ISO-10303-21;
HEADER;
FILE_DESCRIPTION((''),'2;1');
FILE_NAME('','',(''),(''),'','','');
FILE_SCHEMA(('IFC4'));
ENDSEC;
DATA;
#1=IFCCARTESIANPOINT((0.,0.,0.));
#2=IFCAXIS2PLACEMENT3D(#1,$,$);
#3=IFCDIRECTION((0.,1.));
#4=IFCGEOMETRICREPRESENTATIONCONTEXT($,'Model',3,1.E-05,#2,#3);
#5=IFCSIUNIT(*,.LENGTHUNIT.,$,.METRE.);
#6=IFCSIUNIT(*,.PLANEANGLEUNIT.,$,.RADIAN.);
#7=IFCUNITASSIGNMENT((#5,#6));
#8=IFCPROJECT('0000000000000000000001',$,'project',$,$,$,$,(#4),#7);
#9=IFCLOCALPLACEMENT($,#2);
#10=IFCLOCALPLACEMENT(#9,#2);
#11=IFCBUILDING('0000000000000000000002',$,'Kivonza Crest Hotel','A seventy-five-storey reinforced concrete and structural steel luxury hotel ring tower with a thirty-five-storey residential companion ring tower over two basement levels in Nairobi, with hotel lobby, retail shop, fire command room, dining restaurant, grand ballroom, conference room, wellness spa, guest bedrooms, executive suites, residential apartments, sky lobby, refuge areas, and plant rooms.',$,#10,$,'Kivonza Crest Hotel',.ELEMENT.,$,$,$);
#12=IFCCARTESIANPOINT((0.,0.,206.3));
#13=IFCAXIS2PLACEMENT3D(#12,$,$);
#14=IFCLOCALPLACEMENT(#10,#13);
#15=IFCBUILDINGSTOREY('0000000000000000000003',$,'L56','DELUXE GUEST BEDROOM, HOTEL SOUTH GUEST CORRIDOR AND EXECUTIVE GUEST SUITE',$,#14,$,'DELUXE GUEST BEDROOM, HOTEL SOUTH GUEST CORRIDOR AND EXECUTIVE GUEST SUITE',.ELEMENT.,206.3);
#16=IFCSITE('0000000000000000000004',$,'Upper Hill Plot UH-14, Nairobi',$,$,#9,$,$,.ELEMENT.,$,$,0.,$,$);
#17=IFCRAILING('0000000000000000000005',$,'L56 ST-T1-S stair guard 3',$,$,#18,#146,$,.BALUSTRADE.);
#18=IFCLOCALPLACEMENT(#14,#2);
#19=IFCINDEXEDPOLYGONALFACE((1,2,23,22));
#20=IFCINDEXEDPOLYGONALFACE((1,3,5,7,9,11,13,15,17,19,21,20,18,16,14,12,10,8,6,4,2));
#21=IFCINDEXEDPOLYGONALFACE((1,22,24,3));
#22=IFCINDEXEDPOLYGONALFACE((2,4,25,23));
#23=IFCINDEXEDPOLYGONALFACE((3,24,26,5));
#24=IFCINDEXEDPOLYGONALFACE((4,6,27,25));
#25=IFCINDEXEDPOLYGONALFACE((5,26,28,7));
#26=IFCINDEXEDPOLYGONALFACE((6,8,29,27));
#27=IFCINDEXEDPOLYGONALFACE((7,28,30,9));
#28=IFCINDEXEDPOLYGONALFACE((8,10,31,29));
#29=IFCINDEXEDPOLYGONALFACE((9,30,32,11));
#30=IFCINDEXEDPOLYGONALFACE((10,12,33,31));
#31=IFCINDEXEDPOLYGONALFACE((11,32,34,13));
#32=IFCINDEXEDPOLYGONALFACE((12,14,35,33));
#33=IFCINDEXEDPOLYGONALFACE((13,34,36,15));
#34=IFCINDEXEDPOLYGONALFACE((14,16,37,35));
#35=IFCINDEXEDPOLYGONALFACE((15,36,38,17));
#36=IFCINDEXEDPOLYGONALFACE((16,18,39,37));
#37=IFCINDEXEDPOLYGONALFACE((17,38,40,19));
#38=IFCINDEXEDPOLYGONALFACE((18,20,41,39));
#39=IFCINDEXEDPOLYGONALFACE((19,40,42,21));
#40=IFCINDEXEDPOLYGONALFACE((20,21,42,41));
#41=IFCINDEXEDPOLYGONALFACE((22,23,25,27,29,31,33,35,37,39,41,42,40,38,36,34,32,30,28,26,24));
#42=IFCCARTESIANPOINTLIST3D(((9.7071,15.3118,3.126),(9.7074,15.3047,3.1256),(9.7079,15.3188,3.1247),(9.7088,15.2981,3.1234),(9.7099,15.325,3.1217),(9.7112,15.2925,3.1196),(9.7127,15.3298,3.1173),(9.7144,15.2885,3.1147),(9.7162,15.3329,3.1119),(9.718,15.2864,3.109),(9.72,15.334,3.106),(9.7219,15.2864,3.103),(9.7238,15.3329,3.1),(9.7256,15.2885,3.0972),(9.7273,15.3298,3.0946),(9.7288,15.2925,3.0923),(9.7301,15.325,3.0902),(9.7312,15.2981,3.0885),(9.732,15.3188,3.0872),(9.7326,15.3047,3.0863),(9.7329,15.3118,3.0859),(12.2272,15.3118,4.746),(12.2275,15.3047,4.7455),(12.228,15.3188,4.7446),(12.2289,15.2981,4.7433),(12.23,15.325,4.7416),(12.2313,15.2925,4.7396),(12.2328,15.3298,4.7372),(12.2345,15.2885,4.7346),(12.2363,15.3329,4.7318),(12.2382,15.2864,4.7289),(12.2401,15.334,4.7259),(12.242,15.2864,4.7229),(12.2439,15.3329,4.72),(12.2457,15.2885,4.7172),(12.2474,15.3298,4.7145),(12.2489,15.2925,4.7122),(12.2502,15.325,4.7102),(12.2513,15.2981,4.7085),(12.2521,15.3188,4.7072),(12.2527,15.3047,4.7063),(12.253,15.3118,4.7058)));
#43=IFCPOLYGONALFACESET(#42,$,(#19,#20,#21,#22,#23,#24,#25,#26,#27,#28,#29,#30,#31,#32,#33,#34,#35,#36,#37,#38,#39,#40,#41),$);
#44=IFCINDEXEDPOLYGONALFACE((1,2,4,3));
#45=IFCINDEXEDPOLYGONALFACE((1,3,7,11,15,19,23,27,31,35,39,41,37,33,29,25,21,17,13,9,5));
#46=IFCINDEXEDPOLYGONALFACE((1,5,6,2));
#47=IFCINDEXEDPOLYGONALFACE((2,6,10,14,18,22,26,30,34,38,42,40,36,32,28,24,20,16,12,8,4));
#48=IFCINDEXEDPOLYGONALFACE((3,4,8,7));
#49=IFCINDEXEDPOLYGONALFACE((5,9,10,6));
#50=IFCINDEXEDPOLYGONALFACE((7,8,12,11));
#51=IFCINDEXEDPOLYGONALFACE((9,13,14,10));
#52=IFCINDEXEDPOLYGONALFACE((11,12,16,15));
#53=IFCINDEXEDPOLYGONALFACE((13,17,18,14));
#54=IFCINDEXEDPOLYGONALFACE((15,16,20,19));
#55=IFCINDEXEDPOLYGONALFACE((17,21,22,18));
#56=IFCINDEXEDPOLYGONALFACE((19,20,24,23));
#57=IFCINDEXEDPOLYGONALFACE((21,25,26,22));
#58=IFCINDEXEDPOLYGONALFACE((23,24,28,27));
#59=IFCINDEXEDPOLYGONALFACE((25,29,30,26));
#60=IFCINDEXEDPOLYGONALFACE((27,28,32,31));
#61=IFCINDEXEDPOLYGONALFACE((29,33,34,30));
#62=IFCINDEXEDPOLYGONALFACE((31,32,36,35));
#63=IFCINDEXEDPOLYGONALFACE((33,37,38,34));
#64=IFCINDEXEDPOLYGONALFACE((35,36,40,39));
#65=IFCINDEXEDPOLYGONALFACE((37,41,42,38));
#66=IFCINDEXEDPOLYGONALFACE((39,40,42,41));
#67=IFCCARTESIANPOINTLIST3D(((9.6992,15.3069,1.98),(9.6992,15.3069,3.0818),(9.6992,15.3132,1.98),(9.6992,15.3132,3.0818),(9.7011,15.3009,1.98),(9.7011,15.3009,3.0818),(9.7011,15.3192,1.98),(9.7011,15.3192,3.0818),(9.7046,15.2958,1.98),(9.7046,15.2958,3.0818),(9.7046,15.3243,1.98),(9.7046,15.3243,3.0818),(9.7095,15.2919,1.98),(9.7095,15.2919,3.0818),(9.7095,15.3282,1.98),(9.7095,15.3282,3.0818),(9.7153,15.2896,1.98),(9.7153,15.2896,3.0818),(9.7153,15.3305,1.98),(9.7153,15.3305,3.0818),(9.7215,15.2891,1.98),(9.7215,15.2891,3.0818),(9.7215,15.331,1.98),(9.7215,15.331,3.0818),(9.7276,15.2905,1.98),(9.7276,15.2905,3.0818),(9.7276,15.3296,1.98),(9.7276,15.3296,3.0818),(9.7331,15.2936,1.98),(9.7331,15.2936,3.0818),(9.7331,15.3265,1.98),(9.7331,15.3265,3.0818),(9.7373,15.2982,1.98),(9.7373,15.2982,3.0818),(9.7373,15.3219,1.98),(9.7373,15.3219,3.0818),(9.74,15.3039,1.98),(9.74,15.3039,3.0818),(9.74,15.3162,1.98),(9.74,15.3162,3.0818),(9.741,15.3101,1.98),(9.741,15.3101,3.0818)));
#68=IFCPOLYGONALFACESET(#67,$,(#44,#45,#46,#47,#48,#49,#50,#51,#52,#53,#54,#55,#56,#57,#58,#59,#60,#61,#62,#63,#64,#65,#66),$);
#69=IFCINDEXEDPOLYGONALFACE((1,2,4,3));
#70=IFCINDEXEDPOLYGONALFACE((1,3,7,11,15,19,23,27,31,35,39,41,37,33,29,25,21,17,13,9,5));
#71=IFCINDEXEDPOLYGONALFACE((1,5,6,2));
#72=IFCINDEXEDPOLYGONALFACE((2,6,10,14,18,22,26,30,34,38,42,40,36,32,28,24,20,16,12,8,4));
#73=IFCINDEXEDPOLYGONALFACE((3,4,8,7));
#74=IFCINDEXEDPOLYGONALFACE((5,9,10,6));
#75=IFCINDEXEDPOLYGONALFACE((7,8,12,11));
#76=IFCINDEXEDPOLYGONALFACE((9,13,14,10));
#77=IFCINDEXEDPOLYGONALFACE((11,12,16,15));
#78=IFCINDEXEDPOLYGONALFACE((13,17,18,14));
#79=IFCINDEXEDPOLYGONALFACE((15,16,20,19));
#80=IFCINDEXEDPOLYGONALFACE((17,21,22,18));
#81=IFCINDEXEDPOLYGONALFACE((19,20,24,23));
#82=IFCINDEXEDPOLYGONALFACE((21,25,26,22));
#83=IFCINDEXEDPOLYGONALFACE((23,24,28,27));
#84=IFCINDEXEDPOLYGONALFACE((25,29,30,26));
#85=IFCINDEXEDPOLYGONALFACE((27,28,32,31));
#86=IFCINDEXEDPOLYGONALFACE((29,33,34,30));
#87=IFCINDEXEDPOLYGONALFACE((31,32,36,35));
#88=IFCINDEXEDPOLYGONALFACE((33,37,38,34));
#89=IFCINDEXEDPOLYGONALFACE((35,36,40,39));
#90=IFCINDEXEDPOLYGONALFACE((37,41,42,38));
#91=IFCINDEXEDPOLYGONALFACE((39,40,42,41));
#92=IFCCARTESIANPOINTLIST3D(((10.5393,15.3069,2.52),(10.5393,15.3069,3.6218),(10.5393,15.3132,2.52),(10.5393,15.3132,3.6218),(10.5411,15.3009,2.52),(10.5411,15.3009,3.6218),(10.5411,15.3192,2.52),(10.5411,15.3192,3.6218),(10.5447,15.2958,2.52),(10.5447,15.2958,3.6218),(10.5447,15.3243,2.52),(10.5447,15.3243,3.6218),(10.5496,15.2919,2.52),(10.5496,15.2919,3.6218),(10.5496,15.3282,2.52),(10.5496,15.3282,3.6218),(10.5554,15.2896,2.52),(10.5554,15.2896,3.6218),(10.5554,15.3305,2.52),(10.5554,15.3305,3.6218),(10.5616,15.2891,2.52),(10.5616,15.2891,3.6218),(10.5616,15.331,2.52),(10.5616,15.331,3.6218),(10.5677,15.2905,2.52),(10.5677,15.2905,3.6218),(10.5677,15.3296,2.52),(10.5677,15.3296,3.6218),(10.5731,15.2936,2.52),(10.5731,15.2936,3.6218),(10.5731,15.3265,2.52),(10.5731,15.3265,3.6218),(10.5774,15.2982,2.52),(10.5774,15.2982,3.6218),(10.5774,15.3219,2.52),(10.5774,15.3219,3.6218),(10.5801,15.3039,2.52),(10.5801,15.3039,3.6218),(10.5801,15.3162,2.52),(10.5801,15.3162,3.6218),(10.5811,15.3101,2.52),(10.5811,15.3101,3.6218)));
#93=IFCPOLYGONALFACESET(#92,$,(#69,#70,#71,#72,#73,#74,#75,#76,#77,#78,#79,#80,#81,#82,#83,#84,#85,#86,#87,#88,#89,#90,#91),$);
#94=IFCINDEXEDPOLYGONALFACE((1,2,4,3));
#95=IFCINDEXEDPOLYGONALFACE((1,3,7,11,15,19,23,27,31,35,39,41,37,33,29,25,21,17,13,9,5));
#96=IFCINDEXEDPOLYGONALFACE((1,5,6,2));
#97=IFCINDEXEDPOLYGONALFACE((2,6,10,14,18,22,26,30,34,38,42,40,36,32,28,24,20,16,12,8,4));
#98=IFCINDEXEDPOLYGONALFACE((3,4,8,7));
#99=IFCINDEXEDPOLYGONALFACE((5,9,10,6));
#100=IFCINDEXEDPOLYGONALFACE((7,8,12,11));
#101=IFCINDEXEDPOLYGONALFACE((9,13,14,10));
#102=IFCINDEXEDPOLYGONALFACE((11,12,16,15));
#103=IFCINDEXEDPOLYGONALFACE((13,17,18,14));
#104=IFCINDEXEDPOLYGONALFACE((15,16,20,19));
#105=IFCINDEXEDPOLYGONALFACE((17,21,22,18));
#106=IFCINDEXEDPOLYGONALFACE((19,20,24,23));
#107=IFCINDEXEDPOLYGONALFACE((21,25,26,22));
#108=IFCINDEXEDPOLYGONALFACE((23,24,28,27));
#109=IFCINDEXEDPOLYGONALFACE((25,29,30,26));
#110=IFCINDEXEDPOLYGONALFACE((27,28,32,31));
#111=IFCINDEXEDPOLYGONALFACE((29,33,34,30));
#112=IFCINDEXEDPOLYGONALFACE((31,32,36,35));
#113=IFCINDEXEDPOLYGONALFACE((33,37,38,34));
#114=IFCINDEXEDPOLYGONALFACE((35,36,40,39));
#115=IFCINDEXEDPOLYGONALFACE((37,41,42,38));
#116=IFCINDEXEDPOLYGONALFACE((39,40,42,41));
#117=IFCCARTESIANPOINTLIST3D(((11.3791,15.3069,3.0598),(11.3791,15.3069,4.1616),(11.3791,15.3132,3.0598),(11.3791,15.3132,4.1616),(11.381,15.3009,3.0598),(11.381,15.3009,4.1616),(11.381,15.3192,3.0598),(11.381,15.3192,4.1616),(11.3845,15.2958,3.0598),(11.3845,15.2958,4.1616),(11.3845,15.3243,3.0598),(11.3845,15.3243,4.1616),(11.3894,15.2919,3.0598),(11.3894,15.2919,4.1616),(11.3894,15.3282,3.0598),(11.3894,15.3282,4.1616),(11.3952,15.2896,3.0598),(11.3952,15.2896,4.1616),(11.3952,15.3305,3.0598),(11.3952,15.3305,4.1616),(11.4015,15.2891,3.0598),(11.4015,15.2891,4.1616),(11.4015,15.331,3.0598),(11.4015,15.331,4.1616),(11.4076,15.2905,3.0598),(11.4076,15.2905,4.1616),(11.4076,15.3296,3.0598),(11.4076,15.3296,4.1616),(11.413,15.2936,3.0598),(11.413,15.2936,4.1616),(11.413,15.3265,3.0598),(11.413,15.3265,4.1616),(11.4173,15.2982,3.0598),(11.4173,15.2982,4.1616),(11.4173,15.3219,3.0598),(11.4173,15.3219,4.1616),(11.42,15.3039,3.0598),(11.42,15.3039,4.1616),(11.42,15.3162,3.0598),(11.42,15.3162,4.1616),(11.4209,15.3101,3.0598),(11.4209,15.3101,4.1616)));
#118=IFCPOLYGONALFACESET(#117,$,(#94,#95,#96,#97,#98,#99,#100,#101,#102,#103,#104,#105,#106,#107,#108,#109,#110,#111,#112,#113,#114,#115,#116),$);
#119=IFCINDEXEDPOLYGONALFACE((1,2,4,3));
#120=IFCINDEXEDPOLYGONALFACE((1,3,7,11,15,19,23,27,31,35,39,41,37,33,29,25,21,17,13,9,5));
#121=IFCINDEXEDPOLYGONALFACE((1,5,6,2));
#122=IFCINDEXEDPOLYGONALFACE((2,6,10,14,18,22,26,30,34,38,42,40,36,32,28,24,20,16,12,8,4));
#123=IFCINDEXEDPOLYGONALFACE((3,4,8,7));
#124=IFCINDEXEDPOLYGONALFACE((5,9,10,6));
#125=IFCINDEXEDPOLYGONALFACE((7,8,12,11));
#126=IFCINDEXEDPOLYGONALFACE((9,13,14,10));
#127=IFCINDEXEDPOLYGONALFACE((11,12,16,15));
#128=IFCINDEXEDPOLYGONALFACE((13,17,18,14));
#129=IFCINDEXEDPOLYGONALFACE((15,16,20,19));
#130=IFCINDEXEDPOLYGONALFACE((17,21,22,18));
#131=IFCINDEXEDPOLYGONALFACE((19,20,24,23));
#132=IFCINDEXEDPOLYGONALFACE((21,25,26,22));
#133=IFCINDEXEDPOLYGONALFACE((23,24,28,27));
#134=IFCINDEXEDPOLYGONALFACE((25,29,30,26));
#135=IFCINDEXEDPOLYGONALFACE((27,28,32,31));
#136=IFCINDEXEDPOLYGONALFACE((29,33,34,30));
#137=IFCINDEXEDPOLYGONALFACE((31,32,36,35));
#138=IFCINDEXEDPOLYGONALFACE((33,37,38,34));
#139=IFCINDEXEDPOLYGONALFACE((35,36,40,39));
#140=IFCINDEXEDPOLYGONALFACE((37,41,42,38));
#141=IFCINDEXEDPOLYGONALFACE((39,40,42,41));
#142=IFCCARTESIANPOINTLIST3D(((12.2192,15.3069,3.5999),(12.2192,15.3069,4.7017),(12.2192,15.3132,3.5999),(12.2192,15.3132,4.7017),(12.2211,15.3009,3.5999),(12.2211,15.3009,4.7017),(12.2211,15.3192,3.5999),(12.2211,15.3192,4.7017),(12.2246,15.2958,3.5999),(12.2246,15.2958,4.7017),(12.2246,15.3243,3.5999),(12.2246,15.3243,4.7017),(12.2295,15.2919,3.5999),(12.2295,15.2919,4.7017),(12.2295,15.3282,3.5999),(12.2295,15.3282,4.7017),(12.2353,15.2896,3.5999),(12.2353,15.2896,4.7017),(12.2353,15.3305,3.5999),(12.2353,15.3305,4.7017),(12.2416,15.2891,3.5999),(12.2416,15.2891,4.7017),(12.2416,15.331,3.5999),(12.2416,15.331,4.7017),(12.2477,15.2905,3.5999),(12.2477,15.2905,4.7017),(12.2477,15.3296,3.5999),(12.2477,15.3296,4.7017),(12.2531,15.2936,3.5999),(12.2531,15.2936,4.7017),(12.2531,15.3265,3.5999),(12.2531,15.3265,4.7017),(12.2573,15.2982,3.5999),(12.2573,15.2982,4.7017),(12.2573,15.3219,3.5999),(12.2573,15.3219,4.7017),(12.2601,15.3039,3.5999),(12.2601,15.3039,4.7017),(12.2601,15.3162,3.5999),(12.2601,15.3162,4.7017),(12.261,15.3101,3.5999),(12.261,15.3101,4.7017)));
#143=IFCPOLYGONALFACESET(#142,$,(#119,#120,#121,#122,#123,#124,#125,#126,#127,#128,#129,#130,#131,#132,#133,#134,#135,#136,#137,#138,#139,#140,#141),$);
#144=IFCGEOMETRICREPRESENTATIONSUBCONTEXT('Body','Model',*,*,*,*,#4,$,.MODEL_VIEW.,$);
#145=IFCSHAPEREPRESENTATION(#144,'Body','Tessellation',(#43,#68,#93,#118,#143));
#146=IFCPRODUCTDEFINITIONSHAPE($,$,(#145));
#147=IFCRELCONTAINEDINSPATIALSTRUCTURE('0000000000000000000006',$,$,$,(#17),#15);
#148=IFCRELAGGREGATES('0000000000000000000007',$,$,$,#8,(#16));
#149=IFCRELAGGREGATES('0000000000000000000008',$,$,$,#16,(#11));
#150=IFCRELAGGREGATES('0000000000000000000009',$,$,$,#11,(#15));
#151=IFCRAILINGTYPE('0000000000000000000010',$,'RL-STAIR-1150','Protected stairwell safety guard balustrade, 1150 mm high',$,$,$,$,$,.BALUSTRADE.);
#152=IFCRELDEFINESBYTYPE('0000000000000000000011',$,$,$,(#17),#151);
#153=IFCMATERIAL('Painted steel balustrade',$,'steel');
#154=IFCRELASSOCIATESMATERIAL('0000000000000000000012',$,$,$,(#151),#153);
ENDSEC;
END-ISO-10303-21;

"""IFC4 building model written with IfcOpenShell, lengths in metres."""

from ifc_helpers import new_model, si_unit, direction, frame, origin, origin_2d, place, context, subcontext, project, spatial, circle, extrude, material, type_object, element, save


model = new_model("IFC4")

# Units and contexts
model_context = context("Model", 3, precision=1e-05, world=origin(), true_north=direction((0.0, 1.0)))
body_context = subcontext(model_context, "Body", "Model", "MODEL_VIEW")
ifc_project = project(units=[si_unit("LENGTHUNIT", "METRE"), si_unit("PLANEANGLEUNIT", "RADIAN")], contexts=[model_context])

# Site, building, storey
site_placement = place(None, origin())
site = spatial("IfcSite", under=ifc_project, at=site_placement, Name="Upper Hill Plot UH-14, Nairobi", CompositionType="ELEMENT", RefElevation=0.0)
building_placement = place(site_placement, origin())
building = spatial("IfcBuilding", under=site, at=building_placement, Name="Kivonza Crest Hotel", Description="A seventy-five-storey reinforced concrete and structural steel luxury hotel ring tower with a thirty-five-storey residential companion ring tower over two basement levels in Nairobi, with hotel lobby, retail shop, fire command room, dining restaurant, grand ballroom, conference room, wellness spa, guest bedrooms, executive suites, residential apartments, sky lobby, refuge areas, and plant rooms.", LongName="Kivonza Crest Hotel", CompositionType="ELEMENT")
storey_placement = place(building_placement, frame((0.0, 0.0, 206.3)))
storey = spatial("IfcBuildingStorey", under=building, at=storey_placement, Name="L56", Description="DELUXE GUEST BEDROOM, HOTEL SOUTH GUEST CORRIDOR AND EXECUTIVE GUEST SUITE", LongName="DELUXE GUEST BEDROOM, HOTEL SOUTH GUEST CORRIDOR AND EXECUTIVE GUEST SUITE", CompositionType="ELEMENT", Elevation=206.3)

# Railing
ifc_material_1 = material(Name="Painted steel balustrade", Category="steel")
railing_type_1 = type_object("IfcRailingType", Name="RL-STAIR-1150", Description="Protected stairwell safety guard balustrade, 1150 mm high", PredefinedType="BALUSTRADE", material=ifc_material_1)
railing_1_placement = place(storey_placement, frame((9.72, 15.3101, 1.98)))
element("IfcRailing", 1, at=railing_1_placement, inside=storey, type_object=railing_type_1, Name="L56 ST-T1-S stair guard 3", PredefinedType="BALUSTRADE", context=body_context, shape_type="SweptSolid", body=[
    extrude(circle(Radius=0.0239, at=origin_2d()), frame((0.0, 0.0, 1.126), z_axis=(0.8412, 0.0, 0.540725), x_axis=(0.0, 1.0, 0.0)), (0.0, 0.0, 1.0), 2.9958),
    extrude(circle(Radius=0.021, at=origin_2d()), origin(), (0.0, 0.0, 1.0), 1.1018),
    extrude(circle(Radius=0.021, at=origin_2d()), frame((0.8401, 0.0, 0.54)), (0.0, 0.0, 1.0), 1.1018),
    extrude(circle(Radius=0.021, at=origin_2d()), frame((1.6799, 0.0, 1.0798)), (0.0, 0.0, 1.0), 1.1018),
    extrude(circle(Radius=0.021, at=origin_2d()), frame((2.52, 0.0, 1.6199)), (0.0, 0.0, 1.0), 1.1018),
])

save(model, "model.ifc")
